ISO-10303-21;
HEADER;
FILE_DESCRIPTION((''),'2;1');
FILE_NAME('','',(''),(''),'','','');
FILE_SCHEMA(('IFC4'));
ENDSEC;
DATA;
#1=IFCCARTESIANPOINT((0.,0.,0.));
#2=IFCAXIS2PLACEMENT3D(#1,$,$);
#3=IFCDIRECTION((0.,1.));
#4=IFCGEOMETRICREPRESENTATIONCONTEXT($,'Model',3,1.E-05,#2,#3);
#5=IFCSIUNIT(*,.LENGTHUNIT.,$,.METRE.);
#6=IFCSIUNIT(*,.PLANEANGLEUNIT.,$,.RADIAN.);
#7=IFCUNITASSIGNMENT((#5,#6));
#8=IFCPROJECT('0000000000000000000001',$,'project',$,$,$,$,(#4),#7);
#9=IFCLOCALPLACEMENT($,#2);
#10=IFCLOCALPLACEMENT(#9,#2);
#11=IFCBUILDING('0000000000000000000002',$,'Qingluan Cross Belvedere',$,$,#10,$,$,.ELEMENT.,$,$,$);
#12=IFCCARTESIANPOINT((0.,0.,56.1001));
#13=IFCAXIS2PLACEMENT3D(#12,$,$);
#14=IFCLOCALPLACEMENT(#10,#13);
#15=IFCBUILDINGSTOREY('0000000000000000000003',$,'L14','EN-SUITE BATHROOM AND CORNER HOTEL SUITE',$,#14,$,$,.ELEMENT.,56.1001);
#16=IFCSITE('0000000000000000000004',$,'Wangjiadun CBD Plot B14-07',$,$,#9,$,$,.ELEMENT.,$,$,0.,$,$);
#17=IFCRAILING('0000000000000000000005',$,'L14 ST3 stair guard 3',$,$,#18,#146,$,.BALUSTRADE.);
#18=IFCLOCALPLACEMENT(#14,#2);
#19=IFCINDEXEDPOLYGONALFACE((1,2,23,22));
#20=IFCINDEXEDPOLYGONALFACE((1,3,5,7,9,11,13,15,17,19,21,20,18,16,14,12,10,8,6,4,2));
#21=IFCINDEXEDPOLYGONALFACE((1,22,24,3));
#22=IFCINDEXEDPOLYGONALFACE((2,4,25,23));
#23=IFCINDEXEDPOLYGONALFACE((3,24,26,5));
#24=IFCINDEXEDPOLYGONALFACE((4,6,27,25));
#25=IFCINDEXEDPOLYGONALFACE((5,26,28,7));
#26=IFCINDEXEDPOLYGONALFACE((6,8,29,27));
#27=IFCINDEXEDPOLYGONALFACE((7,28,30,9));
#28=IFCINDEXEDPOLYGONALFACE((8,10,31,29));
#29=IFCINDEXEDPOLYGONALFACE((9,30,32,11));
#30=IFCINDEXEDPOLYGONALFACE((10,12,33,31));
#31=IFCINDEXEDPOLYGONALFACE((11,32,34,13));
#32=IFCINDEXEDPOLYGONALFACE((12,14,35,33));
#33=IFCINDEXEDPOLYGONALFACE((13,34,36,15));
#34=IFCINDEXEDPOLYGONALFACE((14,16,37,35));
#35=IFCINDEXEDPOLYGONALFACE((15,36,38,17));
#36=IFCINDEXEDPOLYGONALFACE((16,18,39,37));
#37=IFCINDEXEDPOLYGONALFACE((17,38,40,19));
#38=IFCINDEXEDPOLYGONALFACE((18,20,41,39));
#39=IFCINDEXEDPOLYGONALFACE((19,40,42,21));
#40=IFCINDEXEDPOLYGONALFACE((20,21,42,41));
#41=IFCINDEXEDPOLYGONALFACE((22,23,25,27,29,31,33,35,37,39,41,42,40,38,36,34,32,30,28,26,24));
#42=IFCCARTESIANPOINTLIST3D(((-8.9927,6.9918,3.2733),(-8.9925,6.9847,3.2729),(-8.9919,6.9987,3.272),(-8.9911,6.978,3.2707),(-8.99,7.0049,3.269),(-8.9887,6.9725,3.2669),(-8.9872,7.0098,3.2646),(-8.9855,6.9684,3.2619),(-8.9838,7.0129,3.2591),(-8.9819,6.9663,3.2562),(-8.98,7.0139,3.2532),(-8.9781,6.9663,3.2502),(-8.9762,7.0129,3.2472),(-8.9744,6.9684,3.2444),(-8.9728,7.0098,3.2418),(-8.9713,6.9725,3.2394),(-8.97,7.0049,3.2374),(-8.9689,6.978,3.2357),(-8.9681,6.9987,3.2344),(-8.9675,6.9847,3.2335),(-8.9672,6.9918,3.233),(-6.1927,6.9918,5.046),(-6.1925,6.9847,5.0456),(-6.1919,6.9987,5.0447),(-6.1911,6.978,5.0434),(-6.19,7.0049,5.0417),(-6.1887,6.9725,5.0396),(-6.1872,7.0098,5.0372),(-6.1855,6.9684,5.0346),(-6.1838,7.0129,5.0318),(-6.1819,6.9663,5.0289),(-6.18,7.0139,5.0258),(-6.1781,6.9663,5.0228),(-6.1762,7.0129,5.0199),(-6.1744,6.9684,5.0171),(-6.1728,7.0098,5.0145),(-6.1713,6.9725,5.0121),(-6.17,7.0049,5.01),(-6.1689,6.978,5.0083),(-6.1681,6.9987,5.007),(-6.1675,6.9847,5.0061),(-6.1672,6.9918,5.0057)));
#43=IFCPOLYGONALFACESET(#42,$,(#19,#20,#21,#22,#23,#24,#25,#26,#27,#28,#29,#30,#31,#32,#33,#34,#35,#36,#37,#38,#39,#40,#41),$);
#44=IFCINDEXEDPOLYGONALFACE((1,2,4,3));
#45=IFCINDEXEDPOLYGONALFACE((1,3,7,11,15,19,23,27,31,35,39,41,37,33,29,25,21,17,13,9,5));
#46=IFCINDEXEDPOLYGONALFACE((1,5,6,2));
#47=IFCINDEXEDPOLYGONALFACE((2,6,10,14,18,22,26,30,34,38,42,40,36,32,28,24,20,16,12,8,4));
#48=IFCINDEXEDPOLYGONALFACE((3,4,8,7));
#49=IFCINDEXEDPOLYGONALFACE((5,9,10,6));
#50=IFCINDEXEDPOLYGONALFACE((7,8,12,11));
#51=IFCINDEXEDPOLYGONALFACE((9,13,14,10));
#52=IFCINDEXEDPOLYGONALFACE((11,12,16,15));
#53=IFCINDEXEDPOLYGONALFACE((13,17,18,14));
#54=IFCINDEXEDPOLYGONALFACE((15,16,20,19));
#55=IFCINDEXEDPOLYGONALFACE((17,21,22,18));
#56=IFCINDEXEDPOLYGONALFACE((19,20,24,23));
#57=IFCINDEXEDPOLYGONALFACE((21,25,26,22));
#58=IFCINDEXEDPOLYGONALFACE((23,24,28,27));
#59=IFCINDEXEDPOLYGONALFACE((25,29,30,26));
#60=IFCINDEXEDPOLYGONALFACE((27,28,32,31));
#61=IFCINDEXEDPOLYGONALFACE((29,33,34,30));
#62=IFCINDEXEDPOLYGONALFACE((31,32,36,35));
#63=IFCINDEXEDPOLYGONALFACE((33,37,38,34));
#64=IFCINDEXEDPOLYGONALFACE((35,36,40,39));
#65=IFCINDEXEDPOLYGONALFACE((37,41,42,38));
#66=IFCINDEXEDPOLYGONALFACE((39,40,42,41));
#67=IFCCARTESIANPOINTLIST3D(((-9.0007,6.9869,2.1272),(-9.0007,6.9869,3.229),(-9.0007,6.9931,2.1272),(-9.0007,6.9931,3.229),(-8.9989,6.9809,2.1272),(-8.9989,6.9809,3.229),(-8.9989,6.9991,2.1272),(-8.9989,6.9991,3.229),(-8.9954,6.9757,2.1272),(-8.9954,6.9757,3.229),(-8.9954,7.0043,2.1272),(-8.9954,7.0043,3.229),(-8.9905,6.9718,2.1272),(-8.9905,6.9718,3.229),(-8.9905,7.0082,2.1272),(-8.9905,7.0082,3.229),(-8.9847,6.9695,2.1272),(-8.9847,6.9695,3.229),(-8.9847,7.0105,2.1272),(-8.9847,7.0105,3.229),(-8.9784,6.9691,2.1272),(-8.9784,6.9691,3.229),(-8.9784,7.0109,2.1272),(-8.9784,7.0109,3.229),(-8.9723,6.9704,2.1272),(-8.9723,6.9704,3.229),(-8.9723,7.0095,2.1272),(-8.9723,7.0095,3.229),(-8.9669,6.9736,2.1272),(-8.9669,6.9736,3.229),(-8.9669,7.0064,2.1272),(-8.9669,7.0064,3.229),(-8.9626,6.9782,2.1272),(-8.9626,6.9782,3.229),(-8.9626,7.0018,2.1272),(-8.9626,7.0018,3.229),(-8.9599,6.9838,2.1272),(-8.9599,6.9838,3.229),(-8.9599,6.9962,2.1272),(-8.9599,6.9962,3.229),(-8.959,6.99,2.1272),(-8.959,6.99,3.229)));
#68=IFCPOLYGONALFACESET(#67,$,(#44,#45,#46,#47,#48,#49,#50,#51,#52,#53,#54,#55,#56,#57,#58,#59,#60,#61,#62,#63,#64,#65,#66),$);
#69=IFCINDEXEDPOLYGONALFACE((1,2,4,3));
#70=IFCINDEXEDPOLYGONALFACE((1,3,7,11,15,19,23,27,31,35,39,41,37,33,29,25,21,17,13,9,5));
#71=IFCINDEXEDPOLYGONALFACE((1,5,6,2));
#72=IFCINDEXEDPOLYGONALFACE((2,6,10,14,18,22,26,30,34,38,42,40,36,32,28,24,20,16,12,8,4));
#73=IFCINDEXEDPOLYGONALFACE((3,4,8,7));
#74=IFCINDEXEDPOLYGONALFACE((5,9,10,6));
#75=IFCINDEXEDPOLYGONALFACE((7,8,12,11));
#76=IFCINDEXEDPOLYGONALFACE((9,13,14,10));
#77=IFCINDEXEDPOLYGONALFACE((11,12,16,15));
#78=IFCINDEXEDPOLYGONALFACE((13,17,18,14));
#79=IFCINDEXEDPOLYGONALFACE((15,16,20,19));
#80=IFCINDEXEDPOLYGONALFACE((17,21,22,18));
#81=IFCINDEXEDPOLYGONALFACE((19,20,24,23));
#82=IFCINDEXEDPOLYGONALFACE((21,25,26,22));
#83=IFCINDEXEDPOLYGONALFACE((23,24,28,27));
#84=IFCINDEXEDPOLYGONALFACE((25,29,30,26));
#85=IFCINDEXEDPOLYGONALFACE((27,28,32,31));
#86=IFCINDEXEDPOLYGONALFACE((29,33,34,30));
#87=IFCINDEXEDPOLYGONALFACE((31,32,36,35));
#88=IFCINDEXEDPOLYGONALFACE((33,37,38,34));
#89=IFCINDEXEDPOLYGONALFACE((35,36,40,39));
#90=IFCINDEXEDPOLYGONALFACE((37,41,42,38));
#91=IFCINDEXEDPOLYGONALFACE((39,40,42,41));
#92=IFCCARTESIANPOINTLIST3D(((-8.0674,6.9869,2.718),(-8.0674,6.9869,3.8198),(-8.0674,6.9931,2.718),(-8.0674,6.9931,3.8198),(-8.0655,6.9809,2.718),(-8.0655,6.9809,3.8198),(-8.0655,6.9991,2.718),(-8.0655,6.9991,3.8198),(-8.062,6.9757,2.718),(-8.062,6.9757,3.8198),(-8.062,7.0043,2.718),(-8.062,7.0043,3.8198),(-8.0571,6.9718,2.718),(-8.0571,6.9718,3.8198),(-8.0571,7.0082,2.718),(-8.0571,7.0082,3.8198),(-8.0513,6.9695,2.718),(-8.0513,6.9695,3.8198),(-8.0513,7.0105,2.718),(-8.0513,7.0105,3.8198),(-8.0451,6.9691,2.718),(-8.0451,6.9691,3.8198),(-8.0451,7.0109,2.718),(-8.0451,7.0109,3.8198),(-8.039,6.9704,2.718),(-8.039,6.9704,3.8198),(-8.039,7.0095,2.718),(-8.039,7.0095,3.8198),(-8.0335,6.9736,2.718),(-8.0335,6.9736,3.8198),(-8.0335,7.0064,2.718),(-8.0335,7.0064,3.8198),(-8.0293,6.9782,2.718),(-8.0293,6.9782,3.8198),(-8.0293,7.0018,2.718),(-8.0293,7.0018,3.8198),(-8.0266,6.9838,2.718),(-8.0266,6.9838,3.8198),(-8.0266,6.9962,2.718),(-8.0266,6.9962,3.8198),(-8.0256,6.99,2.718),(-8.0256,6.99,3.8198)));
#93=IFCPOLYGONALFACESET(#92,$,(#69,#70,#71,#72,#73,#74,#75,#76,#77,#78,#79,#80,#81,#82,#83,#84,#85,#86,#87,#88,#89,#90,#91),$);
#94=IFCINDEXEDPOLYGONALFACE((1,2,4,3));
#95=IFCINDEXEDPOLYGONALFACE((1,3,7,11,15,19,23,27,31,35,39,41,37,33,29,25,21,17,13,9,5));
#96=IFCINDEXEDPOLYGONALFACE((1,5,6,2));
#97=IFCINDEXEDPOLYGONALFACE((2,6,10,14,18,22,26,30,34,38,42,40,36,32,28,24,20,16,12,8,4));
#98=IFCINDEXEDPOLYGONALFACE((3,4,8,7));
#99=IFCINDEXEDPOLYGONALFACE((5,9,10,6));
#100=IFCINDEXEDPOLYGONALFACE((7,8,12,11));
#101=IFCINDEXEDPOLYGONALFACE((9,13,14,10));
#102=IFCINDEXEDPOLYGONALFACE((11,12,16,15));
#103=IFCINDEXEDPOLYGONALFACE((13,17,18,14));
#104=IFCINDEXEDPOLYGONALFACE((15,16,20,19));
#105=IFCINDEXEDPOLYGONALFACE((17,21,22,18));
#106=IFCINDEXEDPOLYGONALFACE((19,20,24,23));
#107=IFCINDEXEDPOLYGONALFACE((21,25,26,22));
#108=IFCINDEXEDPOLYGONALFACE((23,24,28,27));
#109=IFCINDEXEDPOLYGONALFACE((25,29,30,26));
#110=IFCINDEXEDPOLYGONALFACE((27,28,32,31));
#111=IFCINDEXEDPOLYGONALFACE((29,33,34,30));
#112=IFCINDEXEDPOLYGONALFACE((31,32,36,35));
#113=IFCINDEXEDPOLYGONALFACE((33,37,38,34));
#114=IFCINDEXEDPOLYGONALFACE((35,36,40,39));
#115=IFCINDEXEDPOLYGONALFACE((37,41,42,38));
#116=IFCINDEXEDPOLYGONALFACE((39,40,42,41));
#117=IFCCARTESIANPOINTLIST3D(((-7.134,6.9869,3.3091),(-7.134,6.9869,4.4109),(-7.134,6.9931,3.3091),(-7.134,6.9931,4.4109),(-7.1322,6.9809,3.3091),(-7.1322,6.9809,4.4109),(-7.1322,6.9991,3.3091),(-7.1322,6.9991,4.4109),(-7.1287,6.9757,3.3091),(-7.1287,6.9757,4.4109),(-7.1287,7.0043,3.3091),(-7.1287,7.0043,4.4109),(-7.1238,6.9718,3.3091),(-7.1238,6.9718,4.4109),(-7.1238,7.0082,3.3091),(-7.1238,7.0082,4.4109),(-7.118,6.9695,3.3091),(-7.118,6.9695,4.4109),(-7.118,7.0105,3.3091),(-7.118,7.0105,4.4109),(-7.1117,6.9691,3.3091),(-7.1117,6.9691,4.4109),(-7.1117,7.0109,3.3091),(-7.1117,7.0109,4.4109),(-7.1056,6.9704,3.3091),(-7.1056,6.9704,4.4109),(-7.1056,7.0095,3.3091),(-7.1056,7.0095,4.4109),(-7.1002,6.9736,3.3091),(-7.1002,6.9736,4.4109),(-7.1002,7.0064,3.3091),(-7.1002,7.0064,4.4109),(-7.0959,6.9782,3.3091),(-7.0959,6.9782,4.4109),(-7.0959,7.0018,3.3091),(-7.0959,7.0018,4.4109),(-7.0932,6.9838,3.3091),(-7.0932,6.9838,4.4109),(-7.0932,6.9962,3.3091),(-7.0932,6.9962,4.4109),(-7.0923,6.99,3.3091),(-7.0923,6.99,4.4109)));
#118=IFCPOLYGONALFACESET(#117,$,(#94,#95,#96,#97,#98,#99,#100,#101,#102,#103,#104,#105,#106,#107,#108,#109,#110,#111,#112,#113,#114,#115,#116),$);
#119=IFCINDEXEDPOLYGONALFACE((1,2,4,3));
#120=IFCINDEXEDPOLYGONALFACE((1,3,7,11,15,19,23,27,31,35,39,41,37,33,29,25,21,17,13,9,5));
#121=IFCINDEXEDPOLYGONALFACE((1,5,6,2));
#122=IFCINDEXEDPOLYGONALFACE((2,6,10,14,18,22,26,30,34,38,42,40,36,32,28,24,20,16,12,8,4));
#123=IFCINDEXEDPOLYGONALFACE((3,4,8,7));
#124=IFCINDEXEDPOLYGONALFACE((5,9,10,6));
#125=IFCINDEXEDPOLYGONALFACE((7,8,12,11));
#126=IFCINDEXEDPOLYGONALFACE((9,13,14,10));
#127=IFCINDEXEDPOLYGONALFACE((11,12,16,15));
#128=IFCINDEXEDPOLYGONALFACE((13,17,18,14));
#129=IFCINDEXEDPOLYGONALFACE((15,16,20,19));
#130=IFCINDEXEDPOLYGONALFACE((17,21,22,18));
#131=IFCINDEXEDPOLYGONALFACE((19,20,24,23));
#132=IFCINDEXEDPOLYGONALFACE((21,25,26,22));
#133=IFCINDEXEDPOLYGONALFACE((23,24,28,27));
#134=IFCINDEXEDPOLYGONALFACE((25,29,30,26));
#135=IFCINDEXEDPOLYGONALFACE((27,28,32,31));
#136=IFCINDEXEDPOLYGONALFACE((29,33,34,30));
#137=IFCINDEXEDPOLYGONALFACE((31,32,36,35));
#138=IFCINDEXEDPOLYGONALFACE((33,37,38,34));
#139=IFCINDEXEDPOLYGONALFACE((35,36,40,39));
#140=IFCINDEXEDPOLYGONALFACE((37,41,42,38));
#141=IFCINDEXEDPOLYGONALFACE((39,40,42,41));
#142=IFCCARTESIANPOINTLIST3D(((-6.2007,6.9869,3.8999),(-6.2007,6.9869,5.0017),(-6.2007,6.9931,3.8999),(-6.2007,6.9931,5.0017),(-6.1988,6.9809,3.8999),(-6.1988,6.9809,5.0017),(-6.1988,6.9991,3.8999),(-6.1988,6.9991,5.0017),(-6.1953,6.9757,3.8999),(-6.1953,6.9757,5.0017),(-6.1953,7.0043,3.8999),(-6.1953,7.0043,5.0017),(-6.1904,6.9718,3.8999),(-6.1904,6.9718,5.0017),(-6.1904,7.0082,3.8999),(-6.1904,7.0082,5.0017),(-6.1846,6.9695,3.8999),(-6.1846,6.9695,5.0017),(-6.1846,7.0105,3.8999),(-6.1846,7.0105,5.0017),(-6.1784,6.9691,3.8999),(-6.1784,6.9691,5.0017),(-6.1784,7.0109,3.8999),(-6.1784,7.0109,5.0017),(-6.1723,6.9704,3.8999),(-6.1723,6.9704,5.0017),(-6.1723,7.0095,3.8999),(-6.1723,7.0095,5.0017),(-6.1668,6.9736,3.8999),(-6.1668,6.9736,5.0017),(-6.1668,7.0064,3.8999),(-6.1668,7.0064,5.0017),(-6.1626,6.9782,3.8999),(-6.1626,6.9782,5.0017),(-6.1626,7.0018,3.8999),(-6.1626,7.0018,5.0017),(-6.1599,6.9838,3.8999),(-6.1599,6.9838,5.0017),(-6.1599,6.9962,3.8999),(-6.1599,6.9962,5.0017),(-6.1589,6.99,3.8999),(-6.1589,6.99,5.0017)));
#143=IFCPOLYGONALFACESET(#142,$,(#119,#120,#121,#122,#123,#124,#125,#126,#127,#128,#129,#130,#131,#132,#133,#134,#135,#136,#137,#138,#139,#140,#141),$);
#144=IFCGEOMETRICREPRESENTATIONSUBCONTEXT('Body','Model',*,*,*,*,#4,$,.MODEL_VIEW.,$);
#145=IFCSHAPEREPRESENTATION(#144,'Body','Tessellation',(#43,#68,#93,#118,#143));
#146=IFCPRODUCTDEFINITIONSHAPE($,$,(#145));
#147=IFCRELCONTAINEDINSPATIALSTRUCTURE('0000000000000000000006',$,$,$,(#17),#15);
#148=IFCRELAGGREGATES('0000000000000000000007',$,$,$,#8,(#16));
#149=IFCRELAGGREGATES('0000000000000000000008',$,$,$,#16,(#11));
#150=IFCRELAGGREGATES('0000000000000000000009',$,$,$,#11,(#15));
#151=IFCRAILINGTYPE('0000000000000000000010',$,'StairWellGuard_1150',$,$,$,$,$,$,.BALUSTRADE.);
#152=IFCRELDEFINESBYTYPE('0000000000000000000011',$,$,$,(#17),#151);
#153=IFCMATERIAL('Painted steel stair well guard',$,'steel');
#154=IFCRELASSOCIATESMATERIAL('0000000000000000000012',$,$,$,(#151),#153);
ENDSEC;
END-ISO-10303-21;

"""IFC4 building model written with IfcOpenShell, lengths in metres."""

from ifc_helpers import new_model, si_unit, direction, frame, origin, origin_2d, place, context, subcontext, project, spatial, circle, extrude, material, type_object, element, save


model = new_model("IFC4")

# Units and contexts
model_context = context("Model", 3, precision=1e-05, world=origin(), true_north=direction((0.0, 1.0)))
body_context = subcontext(model_context, "Body", "Model", "MODEL_VIEW")
ifc_project = project(units=[si_unit("LENGTHUNIT", "METRE"), si_unit("PLANEANGLEUNIT", "RADIAN")], contexts=[model_context])

# Site, building, storey
site_placement = place(None, origin())
site = spatial("IfcSite", under=ifc_project, at=site_placement, Name="Wangjiadun CBD Plot B14-07", CompositionType="ELEMENT", RefElevation=0.0)
building_placement = place(site_placement, origin())
building = spatial("IfcBuilding", under=site, at=building_placement, Name="Qingluan Cross Belvedere", CompositionType="ELEMENT")
storey_placement = place(building_placement, frame((0.0, 0.0, 56.1001)))
storey = spatial("IfcBuildingStorey", under=building, at=storey_placement, Name="L14", Description="EN-SUITE BATHROOM AND CORNER HOTEL SUITE", CompositionType="ELEMENT", Elevation=56.1001)

# Railing
ifc_material_1 = material(Name="Painted steel stair well guard", Category="steel")
railing_type_1 = type_object("IfcRailingType", Name="StairWellGuard_1150", PredefinedType="BALUSTRADE", material=ifc_material_1)
railing_1_placement = place(storey_placement, frame((-8.98, 6.99, 2.1272)))
element("IfcRailing", 1, at=railing_1_placement, inside=storey, type_object=railing_type_1, Name="L14 ST3 stair guard 3", PredefinedType="BALUSTRADE", context=body_context, shape_type="SweptSolid", body=[
    extrude(circle(Radius=0.0239, at=origin_2d()), frame((0.0, 0.0, 1.126), z_axis=(0.844909, 0.0, 0.53491), x_axis=(0.0, 1.0, 0.0)), (0.0, 0.0, 1.0), 3.314),
    extrude(circle(Radius=0.021, at=origin_2d()), origin(), (0.0, 0.0, 1.0), 1.1018),
    extrude(circle(Radius=0.021, at=origin_2d()), frame((0.9333, 0.0, 0.5908)), (0.0, 0.0, 1.0), 1.1018),
    extrude(circle(Radius=0.021, at=origin_2d()), frame((1.8667, 0.0, 1.1819)), (0.0, 0.0, 1.0), 1.1018),
    extrude(circle(Radius=0.021, at=origin_2d()), frame((2.8, 0.0, 1.7727)), (0.0, 0.0, 1.0), 1.1018),
])

save(model, "model.ifc")
